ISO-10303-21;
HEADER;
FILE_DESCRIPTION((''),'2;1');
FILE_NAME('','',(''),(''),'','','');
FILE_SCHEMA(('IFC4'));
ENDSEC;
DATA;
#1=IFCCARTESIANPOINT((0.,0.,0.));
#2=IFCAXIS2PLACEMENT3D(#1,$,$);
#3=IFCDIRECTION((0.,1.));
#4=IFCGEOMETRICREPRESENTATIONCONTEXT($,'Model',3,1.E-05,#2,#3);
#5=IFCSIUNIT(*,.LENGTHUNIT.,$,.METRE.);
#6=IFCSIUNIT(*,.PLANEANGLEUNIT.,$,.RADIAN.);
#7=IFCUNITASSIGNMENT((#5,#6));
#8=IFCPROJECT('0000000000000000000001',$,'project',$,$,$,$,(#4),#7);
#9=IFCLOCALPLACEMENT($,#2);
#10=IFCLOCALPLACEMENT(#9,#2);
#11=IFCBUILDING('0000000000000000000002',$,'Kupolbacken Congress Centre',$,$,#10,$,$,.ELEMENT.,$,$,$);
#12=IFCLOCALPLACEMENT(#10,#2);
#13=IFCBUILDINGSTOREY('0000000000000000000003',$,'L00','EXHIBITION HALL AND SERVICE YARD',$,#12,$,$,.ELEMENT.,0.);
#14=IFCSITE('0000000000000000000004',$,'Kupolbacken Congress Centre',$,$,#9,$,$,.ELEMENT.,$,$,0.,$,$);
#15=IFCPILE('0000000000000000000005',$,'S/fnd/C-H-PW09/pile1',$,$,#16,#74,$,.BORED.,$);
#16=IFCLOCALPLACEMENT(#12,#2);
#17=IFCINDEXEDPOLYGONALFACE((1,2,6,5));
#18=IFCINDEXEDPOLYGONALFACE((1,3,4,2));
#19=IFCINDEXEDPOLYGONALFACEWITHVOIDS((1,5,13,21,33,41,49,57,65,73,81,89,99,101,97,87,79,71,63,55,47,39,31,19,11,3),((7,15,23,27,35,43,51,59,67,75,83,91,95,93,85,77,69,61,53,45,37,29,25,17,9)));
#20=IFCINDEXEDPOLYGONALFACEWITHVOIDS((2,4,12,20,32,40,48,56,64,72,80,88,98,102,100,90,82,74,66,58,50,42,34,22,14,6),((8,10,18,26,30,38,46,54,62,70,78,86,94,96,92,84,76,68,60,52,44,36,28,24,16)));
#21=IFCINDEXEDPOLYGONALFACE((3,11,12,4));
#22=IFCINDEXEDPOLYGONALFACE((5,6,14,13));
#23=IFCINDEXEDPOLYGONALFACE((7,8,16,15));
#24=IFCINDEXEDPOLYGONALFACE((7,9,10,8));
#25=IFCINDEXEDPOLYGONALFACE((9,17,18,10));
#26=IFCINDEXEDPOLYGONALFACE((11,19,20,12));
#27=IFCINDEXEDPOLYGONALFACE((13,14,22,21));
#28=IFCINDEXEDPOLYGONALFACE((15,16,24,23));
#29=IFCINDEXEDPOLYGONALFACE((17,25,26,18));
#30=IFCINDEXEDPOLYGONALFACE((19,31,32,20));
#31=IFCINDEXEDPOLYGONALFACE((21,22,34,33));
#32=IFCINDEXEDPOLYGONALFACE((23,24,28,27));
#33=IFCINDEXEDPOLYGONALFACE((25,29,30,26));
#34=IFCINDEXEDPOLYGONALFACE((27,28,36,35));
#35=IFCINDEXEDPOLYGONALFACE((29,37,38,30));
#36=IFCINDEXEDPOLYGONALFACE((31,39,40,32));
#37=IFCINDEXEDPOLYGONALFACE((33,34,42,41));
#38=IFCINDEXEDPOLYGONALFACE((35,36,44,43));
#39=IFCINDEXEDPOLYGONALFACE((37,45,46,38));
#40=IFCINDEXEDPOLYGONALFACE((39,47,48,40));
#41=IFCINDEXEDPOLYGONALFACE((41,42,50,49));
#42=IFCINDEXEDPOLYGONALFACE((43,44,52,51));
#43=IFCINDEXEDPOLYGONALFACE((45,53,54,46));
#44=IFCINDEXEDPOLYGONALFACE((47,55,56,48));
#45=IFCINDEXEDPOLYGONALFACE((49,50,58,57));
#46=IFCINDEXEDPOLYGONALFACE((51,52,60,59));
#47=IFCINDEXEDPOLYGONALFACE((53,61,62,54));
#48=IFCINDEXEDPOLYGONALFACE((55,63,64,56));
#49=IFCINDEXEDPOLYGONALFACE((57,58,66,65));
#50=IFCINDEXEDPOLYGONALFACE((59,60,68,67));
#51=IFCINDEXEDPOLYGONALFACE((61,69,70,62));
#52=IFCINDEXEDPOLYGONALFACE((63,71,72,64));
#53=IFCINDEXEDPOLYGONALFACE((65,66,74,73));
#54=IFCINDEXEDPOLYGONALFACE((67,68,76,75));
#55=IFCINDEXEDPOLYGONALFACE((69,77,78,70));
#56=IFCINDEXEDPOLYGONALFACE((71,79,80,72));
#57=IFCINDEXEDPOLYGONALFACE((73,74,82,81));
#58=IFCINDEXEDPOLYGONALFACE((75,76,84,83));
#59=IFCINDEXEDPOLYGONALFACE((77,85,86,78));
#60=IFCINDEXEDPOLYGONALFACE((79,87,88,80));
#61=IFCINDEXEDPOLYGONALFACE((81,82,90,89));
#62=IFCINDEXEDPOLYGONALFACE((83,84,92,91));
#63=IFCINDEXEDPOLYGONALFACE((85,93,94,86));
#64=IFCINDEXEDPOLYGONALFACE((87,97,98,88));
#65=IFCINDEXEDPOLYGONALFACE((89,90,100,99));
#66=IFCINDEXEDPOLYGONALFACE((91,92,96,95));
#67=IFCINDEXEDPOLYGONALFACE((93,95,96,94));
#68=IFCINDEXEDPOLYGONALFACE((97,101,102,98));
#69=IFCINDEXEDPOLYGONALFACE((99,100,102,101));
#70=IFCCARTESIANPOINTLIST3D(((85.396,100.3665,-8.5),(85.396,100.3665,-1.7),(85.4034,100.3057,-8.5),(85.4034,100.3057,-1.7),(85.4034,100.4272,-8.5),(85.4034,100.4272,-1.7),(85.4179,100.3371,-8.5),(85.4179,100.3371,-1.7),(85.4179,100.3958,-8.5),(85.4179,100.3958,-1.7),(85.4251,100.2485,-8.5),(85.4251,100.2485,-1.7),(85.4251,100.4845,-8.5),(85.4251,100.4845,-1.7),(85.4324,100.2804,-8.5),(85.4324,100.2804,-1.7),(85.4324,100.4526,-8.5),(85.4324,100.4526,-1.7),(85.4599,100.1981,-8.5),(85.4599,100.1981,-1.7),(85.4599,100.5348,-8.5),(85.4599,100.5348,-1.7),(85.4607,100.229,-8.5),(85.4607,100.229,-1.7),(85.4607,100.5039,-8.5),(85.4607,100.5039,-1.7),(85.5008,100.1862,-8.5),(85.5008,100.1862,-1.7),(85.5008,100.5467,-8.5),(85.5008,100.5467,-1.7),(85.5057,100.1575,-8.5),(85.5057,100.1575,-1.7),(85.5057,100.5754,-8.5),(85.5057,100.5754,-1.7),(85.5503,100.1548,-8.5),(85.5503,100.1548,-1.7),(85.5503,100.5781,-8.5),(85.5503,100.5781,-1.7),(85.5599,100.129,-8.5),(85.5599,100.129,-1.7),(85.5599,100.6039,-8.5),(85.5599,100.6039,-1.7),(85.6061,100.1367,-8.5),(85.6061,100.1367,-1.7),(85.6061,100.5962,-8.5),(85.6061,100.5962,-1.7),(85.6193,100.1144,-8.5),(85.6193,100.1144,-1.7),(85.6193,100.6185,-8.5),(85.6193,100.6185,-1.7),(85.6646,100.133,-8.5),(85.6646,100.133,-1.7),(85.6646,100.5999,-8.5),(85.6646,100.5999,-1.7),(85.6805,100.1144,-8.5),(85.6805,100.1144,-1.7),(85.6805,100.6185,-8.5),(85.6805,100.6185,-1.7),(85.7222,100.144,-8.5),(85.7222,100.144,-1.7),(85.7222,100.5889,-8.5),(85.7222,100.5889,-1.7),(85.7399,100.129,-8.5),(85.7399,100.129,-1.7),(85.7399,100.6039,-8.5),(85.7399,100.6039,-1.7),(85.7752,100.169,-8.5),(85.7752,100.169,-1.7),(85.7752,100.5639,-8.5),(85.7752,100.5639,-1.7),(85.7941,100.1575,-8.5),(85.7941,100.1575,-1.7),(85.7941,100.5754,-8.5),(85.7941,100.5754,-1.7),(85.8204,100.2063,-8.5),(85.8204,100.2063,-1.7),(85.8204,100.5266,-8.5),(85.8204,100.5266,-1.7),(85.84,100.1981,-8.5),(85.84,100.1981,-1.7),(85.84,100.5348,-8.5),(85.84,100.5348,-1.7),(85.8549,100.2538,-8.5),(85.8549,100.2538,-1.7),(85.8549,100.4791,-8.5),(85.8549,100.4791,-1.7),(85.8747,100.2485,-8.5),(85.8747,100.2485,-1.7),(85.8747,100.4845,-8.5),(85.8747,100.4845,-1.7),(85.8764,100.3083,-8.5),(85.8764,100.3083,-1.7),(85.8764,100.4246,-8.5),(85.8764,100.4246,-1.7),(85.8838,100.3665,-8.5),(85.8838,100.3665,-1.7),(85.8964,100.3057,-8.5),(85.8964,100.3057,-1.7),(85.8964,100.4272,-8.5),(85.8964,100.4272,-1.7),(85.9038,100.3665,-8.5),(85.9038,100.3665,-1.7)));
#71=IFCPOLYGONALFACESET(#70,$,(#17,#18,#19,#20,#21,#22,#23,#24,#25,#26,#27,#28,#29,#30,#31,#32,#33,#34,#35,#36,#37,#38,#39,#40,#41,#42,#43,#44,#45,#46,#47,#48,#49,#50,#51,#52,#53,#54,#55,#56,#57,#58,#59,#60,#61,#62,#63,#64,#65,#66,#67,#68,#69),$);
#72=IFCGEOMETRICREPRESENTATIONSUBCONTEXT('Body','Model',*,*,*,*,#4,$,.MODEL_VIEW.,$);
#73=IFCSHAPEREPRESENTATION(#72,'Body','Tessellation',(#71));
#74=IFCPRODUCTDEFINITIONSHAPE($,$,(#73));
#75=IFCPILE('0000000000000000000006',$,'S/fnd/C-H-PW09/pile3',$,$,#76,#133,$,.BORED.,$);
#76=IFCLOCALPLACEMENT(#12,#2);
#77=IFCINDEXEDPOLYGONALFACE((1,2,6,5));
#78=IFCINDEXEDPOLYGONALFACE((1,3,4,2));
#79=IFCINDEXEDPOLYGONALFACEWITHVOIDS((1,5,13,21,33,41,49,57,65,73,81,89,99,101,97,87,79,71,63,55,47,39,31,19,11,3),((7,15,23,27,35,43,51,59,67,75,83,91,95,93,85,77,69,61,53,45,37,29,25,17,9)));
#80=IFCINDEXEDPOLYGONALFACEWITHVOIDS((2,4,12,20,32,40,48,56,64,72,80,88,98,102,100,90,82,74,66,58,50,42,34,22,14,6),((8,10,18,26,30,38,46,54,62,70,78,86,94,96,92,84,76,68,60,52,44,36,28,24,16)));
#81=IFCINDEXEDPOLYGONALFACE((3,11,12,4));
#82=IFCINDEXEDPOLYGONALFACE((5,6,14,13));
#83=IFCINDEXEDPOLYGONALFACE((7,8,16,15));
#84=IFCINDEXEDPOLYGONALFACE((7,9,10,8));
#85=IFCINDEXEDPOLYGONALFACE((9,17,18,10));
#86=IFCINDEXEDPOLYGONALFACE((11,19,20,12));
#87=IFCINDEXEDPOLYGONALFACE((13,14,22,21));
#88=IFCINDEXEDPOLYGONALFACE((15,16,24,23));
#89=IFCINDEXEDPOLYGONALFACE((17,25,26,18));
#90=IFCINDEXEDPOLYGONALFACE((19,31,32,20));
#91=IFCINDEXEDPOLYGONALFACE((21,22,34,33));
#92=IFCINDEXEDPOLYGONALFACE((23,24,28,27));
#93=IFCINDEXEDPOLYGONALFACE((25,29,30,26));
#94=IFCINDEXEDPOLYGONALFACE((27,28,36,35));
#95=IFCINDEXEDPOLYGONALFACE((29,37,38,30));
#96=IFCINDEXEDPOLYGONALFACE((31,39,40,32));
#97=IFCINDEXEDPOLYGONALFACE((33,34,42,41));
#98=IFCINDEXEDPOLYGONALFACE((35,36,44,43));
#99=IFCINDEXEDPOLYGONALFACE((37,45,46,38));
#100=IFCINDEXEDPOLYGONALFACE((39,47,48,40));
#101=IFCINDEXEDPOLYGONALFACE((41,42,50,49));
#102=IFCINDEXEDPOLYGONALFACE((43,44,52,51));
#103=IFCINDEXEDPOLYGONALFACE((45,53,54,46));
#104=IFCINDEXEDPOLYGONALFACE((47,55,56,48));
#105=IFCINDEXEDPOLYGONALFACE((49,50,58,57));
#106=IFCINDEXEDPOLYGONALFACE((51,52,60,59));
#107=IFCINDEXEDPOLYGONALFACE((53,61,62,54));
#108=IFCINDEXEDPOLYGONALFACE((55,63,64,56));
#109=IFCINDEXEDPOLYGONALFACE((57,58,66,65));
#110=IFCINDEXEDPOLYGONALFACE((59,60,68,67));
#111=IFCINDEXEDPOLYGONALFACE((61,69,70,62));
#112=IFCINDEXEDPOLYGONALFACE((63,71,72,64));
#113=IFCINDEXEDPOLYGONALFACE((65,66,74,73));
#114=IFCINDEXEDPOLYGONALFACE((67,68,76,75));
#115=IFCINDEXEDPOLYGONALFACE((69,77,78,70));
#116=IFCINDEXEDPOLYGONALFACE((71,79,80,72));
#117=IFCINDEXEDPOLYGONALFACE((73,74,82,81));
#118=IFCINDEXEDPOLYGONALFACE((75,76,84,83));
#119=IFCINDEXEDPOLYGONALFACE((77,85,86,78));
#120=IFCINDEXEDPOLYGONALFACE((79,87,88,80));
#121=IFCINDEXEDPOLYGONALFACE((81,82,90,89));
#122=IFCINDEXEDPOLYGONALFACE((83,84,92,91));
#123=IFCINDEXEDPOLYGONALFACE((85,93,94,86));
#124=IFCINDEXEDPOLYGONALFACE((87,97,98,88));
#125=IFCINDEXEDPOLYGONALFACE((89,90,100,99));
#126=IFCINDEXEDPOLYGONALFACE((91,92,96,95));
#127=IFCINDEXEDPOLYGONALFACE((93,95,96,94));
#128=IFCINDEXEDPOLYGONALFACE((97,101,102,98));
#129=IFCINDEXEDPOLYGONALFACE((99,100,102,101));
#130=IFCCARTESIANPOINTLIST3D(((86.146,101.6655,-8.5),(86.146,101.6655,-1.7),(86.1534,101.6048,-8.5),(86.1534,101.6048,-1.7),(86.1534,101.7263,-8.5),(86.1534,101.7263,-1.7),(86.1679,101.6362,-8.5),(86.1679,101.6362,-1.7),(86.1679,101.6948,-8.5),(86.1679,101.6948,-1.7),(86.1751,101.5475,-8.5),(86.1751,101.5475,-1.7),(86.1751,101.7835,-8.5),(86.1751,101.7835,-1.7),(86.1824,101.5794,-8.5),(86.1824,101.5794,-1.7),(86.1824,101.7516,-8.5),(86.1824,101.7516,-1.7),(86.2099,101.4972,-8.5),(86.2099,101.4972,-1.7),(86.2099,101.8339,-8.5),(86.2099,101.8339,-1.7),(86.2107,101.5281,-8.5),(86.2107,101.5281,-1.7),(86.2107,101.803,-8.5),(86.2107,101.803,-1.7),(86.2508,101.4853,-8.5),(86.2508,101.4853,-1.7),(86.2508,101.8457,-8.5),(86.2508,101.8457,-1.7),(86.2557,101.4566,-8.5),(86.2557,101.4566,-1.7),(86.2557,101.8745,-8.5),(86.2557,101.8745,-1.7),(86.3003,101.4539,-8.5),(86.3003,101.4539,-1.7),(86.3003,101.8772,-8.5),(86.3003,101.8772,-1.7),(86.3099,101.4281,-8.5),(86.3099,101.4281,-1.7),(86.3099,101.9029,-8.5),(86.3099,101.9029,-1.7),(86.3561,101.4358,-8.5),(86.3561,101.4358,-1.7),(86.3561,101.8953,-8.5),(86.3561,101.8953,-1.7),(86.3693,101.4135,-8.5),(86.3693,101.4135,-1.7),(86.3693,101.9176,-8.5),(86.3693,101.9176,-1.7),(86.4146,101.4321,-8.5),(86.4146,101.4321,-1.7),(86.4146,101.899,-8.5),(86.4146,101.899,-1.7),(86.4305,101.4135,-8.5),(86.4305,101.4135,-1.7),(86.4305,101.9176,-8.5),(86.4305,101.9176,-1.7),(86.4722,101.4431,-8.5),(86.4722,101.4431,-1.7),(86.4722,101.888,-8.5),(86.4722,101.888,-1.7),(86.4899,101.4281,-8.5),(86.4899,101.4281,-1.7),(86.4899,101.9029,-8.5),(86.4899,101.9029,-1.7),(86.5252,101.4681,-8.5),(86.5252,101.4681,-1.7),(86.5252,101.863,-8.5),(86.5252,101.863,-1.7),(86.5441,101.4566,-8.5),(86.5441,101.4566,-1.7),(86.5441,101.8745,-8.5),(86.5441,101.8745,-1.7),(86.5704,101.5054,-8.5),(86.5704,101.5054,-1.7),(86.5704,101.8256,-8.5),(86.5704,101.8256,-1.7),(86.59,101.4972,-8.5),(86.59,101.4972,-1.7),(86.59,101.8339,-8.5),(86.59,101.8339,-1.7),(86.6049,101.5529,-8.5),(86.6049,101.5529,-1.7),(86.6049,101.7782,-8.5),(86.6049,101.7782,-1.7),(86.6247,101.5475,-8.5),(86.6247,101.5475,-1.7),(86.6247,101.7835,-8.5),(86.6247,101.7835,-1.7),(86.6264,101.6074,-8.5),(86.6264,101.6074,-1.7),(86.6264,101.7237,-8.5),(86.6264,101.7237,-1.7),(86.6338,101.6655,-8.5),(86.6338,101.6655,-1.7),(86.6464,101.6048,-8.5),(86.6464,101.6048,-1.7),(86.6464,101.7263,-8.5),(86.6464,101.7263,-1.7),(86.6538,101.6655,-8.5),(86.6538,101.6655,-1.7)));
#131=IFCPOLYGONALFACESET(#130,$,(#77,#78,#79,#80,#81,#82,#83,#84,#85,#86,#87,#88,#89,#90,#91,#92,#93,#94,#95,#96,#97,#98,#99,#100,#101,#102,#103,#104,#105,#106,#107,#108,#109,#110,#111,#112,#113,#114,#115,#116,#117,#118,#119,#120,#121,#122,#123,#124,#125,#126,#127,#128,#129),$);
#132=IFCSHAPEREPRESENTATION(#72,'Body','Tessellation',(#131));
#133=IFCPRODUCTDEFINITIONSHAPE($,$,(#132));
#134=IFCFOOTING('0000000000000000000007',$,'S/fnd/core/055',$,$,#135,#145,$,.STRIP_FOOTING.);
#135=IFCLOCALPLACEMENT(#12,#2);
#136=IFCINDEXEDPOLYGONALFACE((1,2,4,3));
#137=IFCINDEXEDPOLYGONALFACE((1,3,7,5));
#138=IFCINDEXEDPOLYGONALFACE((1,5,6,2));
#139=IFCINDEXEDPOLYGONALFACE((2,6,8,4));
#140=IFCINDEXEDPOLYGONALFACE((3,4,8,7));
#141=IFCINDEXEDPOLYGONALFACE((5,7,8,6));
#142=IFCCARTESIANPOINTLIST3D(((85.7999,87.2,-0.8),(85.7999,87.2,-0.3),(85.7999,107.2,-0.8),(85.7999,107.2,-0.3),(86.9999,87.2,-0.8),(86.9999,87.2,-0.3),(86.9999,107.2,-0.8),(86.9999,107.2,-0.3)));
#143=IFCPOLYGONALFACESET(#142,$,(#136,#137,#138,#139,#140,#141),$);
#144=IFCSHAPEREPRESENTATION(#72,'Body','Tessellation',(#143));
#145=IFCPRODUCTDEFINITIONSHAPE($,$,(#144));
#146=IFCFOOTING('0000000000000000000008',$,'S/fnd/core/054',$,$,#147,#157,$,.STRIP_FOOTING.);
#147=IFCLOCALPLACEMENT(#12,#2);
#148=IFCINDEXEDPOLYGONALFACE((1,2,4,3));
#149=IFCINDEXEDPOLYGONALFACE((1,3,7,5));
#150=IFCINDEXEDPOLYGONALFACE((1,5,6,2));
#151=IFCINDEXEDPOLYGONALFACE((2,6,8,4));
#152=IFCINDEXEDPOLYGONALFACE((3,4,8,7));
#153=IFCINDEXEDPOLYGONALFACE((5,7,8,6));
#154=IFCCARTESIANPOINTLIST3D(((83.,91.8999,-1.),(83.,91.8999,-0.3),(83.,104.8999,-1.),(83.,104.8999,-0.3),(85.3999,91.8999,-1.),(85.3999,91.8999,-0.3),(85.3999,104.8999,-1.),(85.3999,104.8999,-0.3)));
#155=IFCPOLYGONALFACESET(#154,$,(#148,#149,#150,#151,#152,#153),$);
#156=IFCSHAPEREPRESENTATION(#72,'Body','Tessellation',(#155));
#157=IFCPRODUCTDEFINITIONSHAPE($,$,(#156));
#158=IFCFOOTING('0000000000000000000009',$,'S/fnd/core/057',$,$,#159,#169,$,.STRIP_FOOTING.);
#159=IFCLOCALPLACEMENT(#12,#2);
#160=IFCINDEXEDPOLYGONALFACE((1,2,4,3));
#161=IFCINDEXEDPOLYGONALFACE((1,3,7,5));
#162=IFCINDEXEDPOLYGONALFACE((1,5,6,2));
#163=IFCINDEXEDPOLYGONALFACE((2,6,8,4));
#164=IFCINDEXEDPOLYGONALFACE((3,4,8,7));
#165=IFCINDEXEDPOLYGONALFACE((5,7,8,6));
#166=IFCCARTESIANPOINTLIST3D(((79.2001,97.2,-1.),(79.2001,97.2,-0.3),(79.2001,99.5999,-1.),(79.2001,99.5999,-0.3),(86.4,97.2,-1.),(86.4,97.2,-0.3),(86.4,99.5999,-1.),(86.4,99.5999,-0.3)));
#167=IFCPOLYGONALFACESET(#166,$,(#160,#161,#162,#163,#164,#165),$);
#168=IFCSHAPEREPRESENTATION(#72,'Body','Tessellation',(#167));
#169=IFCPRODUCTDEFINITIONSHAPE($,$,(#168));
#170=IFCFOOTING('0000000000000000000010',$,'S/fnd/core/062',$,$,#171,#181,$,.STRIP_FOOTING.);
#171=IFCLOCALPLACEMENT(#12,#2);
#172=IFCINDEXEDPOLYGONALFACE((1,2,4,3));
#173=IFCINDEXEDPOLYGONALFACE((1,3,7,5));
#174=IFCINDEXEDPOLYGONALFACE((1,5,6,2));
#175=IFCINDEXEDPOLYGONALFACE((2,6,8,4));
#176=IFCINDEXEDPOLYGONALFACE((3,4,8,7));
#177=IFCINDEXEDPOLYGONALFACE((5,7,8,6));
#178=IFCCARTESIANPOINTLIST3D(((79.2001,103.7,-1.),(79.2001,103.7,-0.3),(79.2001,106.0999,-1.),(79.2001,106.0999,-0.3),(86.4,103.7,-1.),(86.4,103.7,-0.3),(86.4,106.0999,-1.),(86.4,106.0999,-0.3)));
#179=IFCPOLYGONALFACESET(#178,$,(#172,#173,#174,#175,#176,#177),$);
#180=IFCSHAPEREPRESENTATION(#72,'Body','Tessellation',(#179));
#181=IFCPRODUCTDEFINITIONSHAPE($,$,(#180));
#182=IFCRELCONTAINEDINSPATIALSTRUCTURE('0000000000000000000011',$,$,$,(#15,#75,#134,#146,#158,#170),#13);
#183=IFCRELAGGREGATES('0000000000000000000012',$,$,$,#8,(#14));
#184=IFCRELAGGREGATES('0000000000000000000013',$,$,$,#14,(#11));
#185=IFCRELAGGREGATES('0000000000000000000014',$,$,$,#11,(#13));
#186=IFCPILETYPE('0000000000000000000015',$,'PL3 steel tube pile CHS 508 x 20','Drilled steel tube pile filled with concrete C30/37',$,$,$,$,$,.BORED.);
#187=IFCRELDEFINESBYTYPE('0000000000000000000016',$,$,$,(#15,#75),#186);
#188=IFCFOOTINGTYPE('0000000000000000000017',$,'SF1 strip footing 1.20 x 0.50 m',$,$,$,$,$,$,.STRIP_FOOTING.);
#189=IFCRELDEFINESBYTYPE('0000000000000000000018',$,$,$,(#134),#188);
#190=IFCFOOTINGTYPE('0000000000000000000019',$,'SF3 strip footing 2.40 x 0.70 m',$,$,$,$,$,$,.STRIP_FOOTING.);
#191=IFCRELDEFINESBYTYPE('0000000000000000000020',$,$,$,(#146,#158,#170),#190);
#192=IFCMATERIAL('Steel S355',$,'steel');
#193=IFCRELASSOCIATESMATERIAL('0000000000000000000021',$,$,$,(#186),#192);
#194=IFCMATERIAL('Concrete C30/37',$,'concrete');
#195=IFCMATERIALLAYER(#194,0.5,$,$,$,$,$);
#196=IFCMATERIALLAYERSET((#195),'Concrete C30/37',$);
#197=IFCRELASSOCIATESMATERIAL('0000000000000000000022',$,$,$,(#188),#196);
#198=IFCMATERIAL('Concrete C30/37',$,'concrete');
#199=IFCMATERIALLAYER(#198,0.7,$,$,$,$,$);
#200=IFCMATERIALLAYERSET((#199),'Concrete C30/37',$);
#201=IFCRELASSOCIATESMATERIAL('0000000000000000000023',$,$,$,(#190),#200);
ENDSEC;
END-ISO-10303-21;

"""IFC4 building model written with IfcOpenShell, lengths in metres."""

from ifc_helpers import new_model, si_unit, direction, frame, origin, origin_2d, place, context, subcontext, project, spatial, rectangle, hollow_circle, extrude, material, layer, layer_set, material_profile, profile_set, type_object, element, save


model = new_model("IFC4")

# Units and contexts
model_context = context("Model", 3, precision=1e-05, world=origin(), true_north=direction((0.0, 1.0)))
body_context = subcontext(model_context, "Body", "Model", "MODEL_VIEW")
ifc_project = project(units=[si_unit("LENGTHUNIT", "METRE"), si_unit("PLANEANGLEUNIT", "RADIAN")], contexts=[model_context])

# Site, building, storey
site_placement = place(None, origin())
site = spatial("IfcSite", under=ifc_project, at=site_placement, Name="Kupolbacken Congress Centre", CompositionType="ELEMENT", RefElevation=0.0)
building_placement = place(site_placement, origin())
building = spatial("IfcBuilding", under=site, at=building_placement, Name="Kupolbacken Congress Centre", CompositionType="ELEMENT")
storey_placement = place(building_placement, origin())
storey = spatial("IfcBuildingStorey", under=building, at=storey_placement, Name="L00", Description="EXHIBITION HALL AND SERVICE YARD", CompositionType="ELEMENT", Elevation=0.0)

# Piles
ifc_material_1 = material(Name="Steel S355", Category="steel")
ifc_material_profile_1 = material_profile(ifc_material_1, hollow_circle(Radius=0.2539, WallThickness=0.02, at=origin_2d()), Name="CHS 508 x 20")
ifc_profile_set_1 = profile_set([ifc_material_profile_1], Name="Steel S355")
pile_type_1 = type_object("IfcPileType", Name="PL3 steel tube pile CHS 508 x 20", Description="Drilled steel tube pile filled with concrete C30/37", PredefinedType="BORED", material=ifc_profile_set_1)
for number, where, z_axis, x_axis, name in (
    (1, (85.6499, 100.3665, -1.7), (0.0, 0.0, -1.0), (1.0, 0.0, 0.0), "S/fnd/C-H-PW09/pile1"),
    (2, (86.3999, 101.6655, -1.7), (0.0, 0.0, -1.0), (1.0, 0.0, 0.0), "S/fnd/C-H-PW09/pile3"),
):
    element("IfcPile", number, at=place(storey_placement, frame(where, z_axis=z_axis, x_axis=x_axis)), inside=storey, type_object=pile_type_1, Name=name, PredefinedType="BORED", context=body_context, shape_type="SweptSolid", body=[
        extrude(hollow_circle(Radius=0.2539, WallThickness=0.02, at=origin_2d()), origin(), (0.0, 0.0, 1.0), 6.8),
    ])

# Footings
ifc_material_2 = material(Name="Concrete C30/37", Category="concrete")
ifc_layer_1 = layer(ifc_material_2, 0.5)
ifc_layer_set_1 = layer_set([ifc_layer_1], Name="Concrete C30/37")
footing_type_1 = type_object("IfcFootingType", Name="SF1 strip footing 1.20 x 0.50 m", PredefinedType="STRIP_FOOTING", material=ifc_layer_set_1)
footing_1_placement = place(storey_placement, frame((86.3999, 97.2, -0.8), z_axis=(0.0, 0.0, 1.0), x_axis=(0.0, 1.0, 0.0)))
element("IfcFooting", 3, at=footing_1_placement, inside=storey, type_object=footing_type_1, Name="S/fnd/core/055", PredefinedType="STRIP_FOOTING", context=body_context, shape_type="SweptSolid", body=[
    extrude(rectangle(XDim=20.0, YDim=1.2, at=origin_2d()), origin(), (0.0, 0.0, 1.0), 0.5),
])
ifc_material_3 = material(Name="Concrete C30/37", Category="concrete")
ifc_layer_2 = layer(ifc_material_3, 0.7)
ifc_layer_set_2 = layer_set([ifc_layer_2], Name="Concrete C30/37")
footing_type_2 = type_object("IfcFootingType", Name="SF3 strip footing 2.40 x 0.70 m", PredefinedType="STRIP_FOOTING", material=ifc_layer_set_2)
footing_2_placement = place(storey_placement, frame((84.2, 98.3999, -1.0), z_axis=(0.0, 0.0, 1.0), x_axis=(0.0, 1.0, 0.0)))
element("IfcFooting", 4, at=footing_2_placement, inside=storey, type_object=footing_type_2, Name="S/fnd/core/054", PredefinedType="STRIP_FOOTING", context=body_context, shape_type="SweptSolid", body=[
    extrude(rectangle(XDim=13.0, YDim=2.3999, at=origin_2d()), origin(), (0.0, 0.0, 1.0), 0.7),
])
for number, where, z_axis, x_axis, name in (
    (5, (82.8, 98.3999, -1.0), (0.0, 0.0, 1.0), (1.0, 0.0, 0.0), "S/fnd/core/057"),
    (6, (82.8, 104.8999, -1.0), (0.0, 0.0, 1.0), (1.0, 0.0, 0.0), "S/fnd/core/062"),
):
    element("IfcFooting", number, at=place(storey_placement, frame(where, z_axis=z_axis, x_axis=x_axis)), inside=storey, type_object=footing_type_2, Name=name, PredefinedType="STRIP_FOOTING", context=body_context, shape_type="SweptSolid", body=[
        extrude(rectangle(XDim=7.2, YDim=2.3999, at=origin_2d()), origin(), (0.0, 0.0, 1.0), 0.7),
    ])

save(model, "model.ifc")
